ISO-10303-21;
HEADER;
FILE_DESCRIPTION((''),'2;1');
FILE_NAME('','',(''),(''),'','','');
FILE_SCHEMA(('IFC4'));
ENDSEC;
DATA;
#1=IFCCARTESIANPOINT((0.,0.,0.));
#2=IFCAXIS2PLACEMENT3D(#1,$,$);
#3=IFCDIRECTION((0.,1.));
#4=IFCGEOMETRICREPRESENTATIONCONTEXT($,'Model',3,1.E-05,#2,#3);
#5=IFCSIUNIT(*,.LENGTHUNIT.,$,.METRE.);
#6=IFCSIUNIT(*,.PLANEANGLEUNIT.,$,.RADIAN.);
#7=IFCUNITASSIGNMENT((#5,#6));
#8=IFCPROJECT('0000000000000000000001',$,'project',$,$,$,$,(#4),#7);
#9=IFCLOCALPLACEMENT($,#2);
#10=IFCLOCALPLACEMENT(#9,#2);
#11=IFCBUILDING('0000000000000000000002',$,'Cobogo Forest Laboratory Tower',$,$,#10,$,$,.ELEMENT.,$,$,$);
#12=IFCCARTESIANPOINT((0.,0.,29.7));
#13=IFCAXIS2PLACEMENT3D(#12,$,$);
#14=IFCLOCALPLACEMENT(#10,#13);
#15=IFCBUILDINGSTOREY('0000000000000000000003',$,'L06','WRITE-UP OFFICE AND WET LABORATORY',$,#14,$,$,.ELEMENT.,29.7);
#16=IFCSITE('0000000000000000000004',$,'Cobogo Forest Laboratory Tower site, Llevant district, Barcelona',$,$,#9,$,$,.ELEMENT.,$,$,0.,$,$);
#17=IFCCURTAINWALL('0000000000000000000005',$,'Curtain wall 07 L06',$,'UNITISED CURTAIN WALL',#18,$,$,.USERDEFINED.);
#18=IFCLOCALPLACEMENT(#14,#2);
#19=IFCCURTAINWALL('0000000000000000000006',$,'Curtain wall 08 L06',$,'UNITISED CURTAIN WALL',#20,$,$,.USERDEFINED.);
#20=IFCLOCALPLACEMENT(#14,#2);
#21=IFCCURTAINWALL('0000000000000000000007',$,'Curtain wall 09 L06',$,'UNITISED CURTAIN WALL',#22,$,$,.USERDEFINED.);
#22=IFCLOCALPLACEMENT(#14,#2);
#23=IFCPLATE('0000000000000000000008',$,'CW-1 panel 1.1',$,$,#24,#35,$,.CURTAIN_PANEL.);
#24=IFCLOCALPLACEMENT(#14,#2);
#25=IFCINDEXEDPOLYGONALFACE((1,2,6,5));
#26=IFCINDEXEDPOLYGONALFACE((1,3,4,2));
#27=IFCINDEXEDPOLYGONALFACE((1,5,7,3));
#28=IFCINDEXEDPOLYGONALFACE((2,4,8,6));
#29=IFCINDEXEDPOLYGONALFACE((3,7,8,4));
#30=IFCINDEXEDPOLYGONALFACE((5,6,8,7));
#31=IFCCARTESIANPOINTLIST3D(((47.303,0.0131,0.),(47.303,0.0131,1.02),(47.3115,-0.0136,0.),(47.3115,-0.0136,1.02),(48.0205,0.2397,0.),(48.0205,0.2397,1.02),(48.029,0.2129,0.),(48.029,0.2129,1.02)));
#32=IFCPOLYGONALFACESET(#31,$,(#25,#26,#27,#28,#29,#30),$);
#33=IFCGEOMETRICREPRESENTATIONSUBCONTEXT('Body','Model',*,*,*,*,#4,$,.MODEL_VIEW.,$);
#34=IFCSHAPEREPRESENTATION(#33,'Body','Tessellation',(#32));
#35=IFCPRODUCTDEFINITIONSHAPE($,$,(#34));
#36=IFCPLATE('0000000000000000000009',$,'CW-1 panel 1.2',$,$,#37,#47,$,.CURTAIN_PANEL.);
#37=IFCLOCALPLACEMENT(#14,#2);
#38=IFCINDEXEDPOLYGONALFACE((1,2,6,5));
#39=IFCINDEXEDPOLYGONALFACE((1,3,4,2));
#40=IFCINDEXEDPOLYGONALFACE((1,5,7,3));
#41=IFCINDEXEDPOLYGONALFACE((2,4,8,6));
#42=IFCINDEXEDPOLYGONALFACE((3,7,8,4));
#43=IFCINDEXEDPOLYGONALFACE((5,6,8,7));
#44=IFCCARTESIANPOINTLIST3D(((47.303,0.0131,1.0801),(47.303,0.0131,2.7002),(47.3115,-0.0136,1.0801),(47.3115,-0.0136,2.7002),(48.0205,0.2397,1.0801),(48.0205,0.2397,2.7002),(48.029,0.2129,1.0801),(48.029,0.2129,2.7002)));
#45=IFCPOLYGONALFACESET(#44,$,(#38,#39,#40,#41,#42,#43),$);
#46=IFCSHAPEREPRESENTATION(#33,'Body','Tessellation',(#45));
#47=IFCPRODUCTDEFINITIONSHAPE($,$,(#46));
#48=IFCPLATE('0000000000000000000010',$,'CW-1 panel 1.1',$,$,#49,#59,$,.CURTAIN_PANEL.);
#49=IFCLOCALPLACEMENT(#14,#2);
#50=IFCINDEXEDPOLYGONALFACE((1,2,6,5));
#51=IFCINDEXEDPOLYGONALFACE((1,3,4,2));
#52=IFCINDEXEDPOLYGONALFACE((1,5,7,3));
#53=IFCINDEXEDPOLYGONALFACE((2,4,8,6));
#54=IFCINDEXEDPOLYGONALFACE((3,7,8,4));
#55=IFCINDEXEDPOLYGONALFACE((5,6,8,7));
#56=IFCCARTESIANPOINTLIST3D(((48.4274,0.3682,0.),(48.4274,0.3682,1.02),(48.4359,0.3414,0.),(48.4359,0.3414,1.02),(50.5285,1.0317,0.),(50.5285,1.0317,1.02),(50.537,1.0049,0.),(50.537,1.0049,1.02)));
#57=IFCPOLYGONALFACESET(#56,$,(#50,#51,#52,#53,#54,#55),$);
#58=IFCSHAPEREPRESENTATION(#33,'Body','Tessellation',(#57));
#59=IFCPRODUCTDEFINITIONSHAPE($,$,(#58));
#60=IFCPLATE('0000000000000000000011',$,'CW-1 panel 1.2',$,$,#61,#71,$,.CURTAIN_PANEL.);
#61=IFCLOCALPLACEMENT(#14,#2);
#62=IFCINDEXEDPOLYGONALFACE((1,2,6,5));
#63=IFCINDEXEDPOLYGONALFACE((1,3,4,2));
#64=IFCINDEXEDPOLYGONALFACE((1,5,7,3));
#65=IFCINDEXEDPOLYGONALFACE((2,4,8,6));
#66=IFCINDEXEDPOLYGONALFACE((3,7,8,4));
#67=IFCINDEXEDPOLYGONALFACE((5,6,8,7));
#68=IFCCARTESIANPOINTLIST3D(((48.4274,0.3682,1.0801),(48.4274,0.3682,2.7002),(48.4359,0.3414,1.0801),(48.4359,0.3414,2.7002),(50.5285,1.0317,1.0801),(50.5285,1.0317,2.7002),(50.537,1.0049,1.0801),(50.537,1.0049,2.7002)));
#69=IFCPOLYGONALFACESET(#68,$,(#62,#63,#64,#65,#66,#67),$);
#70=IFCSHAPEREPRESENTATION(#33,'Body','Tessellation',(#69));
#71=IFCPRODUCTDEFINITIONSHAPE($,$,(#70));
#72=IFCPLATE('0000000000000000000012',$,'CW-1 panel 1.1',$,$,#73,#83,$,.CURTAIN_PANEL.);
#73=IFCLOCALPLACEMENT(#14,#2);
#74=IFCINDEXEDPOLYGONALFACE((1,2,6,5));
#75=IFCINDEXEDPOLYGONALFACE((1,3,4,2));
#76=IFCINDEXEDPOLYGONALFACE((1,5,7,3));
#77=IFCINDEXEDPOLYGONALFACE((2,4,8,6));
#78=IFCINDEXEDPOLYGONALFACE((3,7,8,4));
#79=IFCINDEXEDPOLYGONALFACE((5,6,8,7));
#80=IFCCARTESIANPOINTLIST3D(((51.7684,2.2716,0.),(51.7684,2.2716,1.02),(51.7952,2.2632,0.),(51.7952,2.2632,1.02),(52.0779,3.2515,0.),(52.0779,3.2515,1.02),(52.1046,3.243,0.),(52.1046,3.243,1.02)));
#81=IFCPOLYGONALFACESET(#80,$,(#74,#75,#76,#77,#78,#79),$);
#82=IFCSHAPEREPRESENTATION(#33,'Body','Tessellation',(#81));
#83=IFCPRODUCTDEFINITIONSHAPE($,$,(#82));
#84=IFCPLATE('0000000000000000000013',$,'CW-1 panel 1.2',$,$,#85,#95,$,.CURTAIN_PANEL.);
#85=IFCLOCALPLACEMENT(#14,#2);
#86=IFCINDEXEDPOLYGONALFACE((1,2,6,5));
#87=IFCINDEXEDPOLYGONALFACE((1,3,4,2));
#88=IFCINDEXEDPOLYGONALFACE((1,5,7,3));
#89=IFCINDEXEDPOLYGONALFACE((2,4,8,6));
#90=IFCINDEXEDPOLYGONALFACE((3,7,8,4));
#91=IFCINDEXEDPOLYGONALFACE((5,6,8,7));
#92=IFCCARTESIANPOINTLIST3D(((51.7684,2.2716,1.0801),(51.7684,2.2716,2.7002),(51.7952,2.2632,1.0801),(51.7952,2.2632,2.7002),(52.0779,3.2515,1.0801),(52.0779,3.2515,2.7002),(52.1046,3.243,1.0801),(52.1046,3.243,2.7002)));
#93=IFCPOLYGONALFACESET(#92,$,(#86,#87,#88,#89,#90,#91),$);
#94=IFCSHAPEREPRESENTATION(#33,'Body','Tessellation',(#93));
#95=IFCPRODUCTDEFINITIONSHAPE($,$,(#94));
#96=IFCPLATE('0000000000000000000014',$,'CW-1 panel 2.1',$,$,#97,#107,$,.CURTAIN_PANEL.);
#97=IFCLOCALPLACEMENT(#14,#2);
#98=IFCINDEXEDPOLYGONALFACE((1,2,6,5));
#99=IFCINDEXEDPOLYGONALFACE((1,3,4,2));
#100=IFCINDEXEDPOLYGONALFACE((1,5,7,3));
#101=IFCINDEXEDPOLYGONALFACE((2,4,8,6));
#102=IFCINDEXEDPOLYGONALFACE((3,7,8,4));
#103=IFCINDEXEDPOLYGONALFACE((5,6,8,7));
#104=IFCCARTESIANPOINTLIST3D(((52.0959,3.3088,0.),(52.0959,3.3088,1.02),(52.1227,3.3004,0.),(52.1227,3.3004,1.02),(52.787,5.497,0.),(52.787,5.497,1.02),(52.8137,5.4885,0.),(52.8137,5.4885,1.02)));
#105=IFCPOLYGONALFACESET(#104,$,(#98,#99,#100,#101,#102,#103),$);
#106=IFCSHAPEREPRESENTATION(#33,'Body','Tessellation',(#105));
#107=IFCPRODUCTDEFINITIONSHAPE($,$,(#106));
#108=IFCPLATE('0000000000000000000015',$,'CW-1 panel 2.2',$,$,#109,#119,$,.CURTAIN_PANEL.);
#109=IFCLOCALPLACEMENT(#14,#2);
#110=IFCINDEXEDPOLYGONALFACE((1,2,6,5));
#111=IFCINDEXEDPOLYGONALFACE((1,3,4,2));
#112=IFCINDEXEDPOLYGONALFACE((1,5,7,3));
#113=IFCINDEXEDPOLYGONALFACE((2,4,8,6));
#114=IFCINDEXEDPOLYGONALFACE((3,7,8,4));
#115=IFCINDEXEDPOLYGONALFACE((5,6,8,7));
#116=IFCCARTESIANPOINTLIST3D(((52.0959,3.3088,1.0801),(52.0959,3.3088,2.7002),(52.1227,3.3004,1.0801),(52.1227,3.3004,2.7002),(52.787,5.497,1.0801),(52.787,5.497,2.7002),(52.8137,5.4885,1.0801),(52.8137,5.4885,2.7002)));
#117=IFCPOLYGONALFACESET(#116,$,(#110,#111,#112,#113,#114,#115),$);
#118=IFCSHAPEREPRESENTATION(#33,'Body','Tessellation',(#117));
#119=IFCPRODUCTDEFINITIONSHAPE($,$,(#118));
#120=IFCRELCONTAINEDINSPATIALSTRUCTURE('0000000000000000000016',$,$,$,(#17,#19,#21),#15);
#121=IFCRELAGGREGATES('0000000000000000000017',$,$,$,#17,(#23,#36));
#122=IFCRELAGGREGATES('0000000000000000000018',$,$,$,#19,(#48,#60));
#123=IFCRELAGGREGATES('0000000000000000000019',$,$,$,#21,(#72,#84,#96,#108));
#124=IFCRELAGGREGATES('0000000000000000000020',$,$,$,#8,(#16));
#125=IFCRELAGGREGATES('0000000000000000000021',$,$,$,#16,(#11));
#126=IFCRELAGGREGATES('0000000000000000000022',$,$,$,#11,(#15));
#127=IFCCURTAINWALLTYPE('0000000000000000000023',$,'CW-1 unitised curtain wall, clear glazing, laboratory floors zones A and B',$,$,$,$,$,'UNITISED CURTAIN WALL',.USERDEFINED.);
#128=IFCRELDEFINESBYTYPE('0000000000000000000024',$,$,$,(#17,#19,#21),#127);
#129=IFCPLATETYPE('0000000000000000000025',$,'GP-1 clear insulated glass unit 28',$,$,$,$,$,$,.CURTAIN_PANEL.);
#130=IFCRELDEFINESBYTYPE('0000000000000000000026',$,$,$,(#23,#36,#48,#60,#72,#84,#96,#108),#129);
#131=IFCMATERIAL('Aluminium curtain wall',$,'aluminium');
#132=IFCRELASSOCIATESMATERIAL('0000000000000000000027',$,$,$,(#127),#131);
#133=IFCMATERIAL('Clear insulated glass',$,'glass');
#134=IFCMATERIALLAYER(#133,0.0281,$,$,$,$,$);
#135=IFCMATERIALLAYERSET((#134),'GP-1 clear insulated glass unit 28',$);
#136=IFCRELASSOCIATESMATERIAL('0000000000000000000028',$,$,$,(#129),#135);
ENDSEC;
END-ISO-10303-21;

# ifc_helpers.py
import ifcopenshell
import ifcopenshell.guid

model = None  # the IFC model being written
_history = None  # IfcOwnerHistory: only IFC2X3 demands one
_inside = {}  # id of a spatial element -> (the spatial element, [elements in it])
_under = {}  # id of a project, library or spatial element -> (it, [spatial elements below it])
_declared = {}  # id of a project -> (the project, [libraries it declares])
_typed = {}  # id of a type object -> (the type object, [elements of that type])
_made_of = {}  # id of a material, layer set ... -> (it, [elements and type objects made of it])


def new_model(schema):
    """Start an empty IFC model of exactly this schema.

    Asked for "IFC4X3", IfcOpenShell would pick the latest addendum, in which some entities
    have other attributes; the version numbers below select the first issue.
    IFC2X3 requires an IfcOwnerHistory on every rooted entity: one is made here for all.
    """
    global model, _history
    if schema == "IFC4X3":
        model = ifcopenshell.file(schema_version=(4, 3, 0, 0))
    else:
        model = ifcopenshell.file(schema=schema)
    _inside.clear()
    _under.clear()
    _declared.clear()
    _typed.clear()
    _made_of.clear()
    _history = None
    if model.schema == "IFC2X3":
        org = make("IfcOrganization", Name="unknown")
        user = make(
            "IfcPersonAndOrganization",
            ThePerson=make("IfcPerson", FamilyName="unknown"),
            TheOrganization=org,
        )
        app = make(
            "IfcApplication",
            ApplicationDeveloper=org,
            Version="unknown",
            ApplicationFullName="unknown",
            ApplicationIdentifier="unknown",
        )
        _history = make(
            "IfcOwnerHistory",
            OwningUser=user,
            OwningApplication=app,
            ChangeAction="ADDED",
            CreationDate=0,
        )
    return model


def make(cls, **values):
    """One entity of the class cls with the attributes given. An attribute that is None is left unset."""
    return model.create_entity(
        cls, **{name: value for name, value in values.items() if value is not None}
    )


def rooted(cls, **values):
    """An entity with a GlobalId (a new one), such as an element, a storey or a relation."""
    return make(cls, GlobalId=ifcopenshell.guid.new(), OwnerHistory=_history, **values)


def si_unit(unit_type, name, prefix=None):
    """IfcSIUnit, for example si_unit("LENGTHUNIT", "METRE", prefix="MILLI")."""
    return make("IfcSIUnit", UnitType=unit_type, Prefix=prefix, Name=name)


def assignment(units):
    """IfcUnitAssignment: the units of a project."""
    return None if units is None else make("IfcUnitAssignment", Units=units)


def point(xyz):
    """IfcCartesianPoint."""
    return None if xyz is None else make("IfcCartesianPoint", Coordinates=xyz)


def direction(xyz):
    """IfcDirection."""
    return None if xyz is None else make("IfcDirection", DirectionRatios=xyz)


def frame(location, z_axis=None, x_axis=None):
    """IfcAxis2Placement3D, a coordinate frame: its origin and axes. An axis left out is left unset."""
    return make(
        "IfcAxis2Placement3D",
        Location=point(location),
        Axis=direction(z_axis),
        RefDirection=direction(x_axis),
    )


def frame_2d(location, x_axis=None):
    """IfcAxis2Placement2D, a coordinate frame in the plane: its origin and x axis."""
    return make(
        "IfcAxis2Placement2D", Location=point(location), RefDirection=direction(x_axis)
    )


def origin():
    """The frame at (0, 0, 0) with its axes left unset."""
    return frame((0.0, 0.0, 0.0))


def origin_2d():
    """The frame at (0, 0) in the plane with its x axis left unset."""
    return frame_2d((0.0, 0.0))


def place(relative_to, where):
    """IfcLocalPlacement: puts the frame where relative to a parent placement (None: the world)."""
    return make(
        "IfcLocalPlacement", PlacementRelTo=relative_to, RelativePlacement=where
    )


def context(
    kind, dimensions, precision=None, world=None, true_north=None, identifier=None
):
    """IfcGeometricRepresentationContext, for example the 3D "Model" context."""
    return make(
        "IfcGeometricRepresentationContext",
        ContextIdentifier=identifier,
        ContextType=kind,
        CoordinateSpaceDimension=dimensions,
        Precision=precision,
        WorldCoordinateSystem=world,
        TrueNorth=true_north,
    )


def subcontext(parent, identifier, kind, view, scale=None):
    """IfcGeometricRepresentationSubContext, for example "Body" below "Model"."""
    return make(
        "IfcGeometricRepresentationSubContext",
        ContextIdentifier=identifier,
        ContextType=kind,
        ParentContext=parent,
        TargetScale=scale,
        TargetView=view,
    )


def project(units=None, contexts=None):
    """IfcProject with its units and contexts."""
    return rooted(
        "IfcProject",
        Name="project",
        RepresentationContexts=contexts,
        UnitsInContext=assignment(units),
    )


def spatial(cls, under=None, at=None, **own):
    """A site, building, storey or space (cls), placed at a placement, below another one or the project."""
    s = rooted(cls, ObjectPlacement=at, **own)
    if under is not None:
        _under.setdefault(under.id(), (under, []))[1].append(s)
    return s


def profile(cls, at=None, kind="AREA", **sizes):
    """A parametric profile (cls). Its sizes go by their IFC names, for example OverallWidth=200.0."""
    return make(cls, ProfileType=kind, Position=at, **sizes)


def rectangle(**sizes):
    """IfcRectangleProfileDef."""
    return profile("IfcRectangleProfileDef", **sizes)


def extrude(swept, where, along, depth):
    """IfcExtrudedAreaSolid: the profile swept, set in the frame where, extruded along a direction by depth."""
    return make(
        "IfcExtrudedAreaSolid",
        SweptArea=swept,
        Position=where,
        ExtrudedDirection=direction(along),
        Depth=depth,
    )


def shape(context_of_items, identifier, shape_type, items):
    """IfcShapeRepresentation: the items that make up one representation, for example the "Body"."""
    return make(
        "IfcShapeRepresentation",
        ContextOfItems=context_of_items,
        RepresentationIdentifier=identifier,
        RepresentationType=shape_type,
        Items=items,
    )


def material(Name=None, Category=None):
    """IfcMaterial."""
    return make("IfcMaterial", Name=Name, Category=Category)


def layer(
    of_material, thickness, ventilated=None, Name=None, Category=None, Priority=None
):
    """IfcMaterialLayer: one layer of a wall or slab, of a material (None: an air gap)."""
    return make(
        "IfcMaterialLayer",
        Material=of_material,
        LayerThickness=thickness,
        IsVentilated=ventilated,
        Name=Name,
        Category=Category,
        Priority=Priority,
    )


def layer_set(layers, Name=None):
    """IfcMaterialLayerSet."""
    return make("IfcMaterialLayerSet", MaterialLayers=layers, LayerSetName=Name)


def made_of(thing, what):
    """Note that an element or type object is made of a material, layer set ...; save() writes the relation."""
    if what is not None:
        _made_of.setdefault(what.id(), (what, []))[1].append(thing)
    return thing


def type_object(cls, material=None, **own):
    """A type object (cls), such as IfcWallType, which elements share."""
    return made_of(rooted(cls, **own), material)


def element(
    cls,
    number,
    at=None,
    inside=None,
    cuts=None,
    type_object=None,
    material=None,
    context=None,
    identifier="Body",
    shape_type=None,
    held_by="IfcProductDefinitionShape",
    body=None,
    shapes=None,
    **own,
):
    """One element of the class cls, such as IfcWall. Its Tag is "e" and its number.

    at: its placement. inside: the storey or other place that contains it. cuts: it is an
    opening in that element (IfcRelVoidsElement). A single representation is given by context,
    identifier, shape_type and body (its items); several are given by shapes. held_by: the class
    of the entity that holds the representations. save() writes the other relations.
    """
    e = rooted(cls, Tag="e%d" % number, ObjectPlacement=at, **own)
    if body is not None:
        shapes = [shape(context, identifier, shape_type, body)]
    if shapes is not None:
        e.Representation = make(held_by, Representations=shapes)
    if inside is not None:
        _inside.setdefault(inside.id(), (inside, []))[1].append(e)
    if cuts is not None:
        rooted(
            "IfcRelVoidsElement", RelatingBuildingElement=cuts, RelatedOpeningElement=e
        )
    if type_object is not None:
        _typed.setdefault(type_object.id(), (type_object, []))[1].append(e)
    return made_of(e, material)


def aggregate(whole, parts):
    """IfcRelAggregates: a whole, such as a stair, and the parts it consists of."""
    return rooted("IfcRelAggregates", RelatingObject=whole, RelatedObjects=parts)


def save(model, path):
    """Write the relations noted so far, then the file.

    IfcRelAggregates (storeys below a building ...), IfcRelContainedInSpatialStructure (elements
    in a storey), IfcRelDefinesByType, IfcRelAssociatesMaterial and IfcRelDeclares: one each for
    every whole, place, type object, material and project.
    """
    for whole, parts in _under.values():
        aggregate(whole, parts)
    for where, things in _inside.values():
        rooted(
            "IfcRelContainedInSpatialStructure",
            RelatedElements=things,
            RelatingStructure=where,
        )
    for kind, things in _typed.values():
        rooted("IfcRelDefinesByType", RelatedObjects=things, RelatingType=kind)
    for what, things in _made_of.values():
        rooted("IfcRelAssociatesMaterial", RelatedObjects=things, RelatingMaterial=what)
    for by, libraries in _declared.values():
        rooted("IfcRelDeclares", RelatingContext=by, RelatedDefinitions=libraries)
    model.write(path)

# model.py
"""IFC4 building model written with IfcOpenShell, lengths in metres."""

from ifc_helpers import new_model, si_unit, direction, frame, origin, origin_2d, place, context, subcontext, project, spatial, rectangle, extrude, material, layer, layer_set, type_object, element, aggregate, save


model = new_model("IFC4")

# Units and contexts
model_context = context("Model", 3, precision=1e-05, world=origin(), true_north=direction((0.0, 1.0)))
body_context = subcontext(model_context, "Body", "Model", "MODEL_VIEW")
ifc_project = project(units=[si_unit("LENGTHUNIT", "METRE"), si_unit("PLANEANGLEUNIT", "RADIAN")], contexts=[model_context])

# Site, building, storey
site_placement = place(None, origin())
site = spatial("IfcSite", under=ifc_project, at=site_placement, Name="Cobogo Forest Laboratory Tower site, Llevant district, Barcelona", CompositionType="ELEMENT", RefElevation=0.0)
building_placement = place(site_placement, origin())
building = spatial("IfcBuilding", under=site, at=building_placement, Name="Cobogo Forest Laboratory Tower", CompositionType="ELEMENT")
storey_placement = place(building_placement, frame((0.0, 0.0, 29.7)))
storey = spatial("IfcBuildingStorey", under=building, at=storey_placement, Name="L06", Description="WRITE-UP OFFICE AND WET LABORATORY", CompositionType="ELEMENT", Elevation=29.7)

# Curtain walls
ifc_material_1 = material(Name="Aluminium curtain wall", Category="aluminium")
curtain_wall_type = type_object("IfcCurtainWallType", Name="CW-1 unitised curtain wall, clear glazing, laboratory floors zones A and B", ElementType="UNITISED CURTAIN WALL", PredefinedType="USERDEFINED", material=ifc_material_1)
curtain_wall_1_placement = place(storey_placement, origin())
curtain_wall_1 = element("IfcCurtainWall", 1, at=curtain_wall_1_placement, inside=storey, type_object=curtain_wall_type, Name="Curtain wall 07 L06", ObjectType="UNITISED CURTAIN WALL", PredefinedType="USERDEFINED")
curtain_wall_2_placement = place(storey_placement, origin())
curtain_wall_2 = element("IfcCurtainWall", 2, at=curtain_wall_2_placement, inside=storey, type_object=curtain_wall_type, Name="Curtain wall 08 L06", ObjectType="UNITISED CURTAIN WALL", PredefinedType="USERDEFINED")
curtain_wall_3_placement = place(storey_placement, origin())
curtain_wall_3 = element("IfcCurtainWall", 3, at=curtain_wall_3_placement, inside=storey, type_object=curtain_wall_type, Name="Curtain wall 09 L06", ObjectType="UNITISED CURTAIN WALL", PredefinedType="USERDEFINED")

# Plates
ifc_material_2 = material(Name="Clear insulated glass", Category="glass")
ifc_layer = layer(ifc_material_2, 0.0281)
ifc_layer_set = layer_set([ifc_layer], Name="GP-1 clear insulated glass unit 28")
plate_type = type_object("IfcPlateType", Name="GP-1 clear insulated glass unit 28", PredefinedType="CURTAIN_PANEL", material=ifc_layer_set)
plate_1_placement = place(storey_placement, frame((47.666, 0.113, 0.0), z_axis=(0.0, 0.0, 1.0), x_axis=(0.953582, 0.301135, 0.0)))
plate_1 = element("IfcPlate", 4, at=plate_1_placement, type_object=plate_type, Name="CW-1 panel 1.1", PredefinedType="CURTAIN_PANEL", context=body_context, shape_type="SweptSolid", body=[
    extrude(rectangle(XDim=0.7524, YDim=0.0281, at=origin_2d()), origin(), (0.0, 0.0, 1.0), 1.02),
])
plate_2_placement = place(storey_placement, frame((47.666, 0.113, 1.0801), z_axis=(0.0, 0.0, 1.0), x_axis=(0.953582, 0.301135, 0.0)))
plate_2 = element("IfcPlate", 5, at=plate_2_placement, type_object=plate_type, Name="CW-1 panel 1.2", PredefinedType="CURTAIN_PANEL", context=body_context, shape_type="SweptSolid", body=[
    extrude(rectangle(XDim=0.7524, YDim=0.0281, at=origin_2d()), origin(), (0.0, 0.0, 1.0), 1.6201),
])
aggregate(curtain_wall_1, [plate_1, plate_2])
plate_3_placement = place(storey_placement, frame((49.4822, 0.6865, 0.0), z_axis=(0.0, 0.0, 1.0), x_axis=(0.953581, 0.301135, 0.0)))
plate_3 = element("IfcPlate", 6, at=plate_3_placement, type_object=plate_type, Name="CW-1 panel 1.1", PredefinedType="CURTAIN_PANEL", context=body_context, shape_type="SweptSolid", body=[
    extrude(rectangle(XDim=2.2034, YDim=0.0281, at=origin_2d()), origin(), (0.0, 0.0, 1.0), 1.02),
])
plate_4_placement = place(storey_placement, frame((49.4822, 0.6865, 1.0801), z_axis=(0.0, 0.0, 1.0), x_axis=(0.953581, 0.301135, 0.0)))
plate_4 = element("IfcPlate", 7, at=plate_4_placement, type_object=plate_type, Name="CW-1 panel 1.2", PredefinedType="CURTAIN_PANEL", context=body_context, shape_type="SweptSolid", body=[
    extrude(rectangle(XDim=2.2034, YDim=0.0281, at=origin_2d()), origin(), (0.0, 0.0, 1.0), 1.6201),
])
aggregate(curtain_wall_2, [plate_3, plate_4])
plate_5_placement = place(storey_placement, frame((51.9365, 2.7573, 0.0), z_axis=(0.0, 0.0, 1.0), x_axis=(0.301135, 0.953581, 0.0)))
plate_5 = element("IfcPlate", 8, at=plate_5_placement, type_object=plate_type, Name="CW-1 panel 1.1", PredefinedType="CURTAIN_PANEL", context=body_context, shape_type="SweptSolid", body=[
    extrude(rectangle(XDim=1.0276, YDim=0.0281, at=origin_2d()), origin(), (0.0, 0.0, 1.0), 1.02),
])
plate_6_placement = place(storey_placement, frame((51.9365, 2.7573, 1.0801), z_axis=(0.0, 0.0, 1.0), x_axis=(0.301135, 0.953581, 0.0)))
plate_6 = element("IfcPlate", 9, at=plate_6_placement, type_object=plate_type, Name="CW-1 panel 1.2", PredefinedType="CURTAIN_PANEL", context=body_context, shape_type="SweptSolid", body=[
    extrude(rectangle(XDim=1.0276, YDim=0.0281, at=origin_2d()), origin(), (0.0, 0.0, 1.0), 1.6201),
])
plate_7_placement = place(storey_placement, frame((52.4548, 4.3987, 0.0), z_axis=(0.0, 0.0, 1.0), x_axis=(0.301135, 0.953581, 0.0)))
plate_7 = element("IfcPlate", 10, at=plate_7_placement, type_object=plate_type, Name="CW-1 panel 2.1", PredefinedType="CURTAIN_PANEL", context=body_context, shape_type="SweptSolid", body=[
    extrude(rectangle(XDim=2.2947, YDim=0.0281, at=origin_2d()), origin(), (0.0, 0.0, 1.0), 1.02),
])
plate_8_placement = place(storey_placement, frame((52.4548, 4.3987, 1.0801), z_axis=(0.0, 0.0, 1.0), x_axis=(0.301135, 0.953581, 0.0)))
plate_8 = element("IfcPlate", 11, at=plate_8_placement, type_object=plate_type, Name="CW-1 panel 2.2", PredefinedType="CURTAIN_PANEL", context=body_context, shape_type="SweptSolid", body=[
    extrude(rectangle(XDim=2.2947, YDim=0.0281, at=origin_2d()), origin(), (0.0, 0.0, 1.0), 1.6201),
])
aggregate(curtain_wall_3, [plate_5, plate_6, plate_7, plate_8])

save(model, "model.ifc")
